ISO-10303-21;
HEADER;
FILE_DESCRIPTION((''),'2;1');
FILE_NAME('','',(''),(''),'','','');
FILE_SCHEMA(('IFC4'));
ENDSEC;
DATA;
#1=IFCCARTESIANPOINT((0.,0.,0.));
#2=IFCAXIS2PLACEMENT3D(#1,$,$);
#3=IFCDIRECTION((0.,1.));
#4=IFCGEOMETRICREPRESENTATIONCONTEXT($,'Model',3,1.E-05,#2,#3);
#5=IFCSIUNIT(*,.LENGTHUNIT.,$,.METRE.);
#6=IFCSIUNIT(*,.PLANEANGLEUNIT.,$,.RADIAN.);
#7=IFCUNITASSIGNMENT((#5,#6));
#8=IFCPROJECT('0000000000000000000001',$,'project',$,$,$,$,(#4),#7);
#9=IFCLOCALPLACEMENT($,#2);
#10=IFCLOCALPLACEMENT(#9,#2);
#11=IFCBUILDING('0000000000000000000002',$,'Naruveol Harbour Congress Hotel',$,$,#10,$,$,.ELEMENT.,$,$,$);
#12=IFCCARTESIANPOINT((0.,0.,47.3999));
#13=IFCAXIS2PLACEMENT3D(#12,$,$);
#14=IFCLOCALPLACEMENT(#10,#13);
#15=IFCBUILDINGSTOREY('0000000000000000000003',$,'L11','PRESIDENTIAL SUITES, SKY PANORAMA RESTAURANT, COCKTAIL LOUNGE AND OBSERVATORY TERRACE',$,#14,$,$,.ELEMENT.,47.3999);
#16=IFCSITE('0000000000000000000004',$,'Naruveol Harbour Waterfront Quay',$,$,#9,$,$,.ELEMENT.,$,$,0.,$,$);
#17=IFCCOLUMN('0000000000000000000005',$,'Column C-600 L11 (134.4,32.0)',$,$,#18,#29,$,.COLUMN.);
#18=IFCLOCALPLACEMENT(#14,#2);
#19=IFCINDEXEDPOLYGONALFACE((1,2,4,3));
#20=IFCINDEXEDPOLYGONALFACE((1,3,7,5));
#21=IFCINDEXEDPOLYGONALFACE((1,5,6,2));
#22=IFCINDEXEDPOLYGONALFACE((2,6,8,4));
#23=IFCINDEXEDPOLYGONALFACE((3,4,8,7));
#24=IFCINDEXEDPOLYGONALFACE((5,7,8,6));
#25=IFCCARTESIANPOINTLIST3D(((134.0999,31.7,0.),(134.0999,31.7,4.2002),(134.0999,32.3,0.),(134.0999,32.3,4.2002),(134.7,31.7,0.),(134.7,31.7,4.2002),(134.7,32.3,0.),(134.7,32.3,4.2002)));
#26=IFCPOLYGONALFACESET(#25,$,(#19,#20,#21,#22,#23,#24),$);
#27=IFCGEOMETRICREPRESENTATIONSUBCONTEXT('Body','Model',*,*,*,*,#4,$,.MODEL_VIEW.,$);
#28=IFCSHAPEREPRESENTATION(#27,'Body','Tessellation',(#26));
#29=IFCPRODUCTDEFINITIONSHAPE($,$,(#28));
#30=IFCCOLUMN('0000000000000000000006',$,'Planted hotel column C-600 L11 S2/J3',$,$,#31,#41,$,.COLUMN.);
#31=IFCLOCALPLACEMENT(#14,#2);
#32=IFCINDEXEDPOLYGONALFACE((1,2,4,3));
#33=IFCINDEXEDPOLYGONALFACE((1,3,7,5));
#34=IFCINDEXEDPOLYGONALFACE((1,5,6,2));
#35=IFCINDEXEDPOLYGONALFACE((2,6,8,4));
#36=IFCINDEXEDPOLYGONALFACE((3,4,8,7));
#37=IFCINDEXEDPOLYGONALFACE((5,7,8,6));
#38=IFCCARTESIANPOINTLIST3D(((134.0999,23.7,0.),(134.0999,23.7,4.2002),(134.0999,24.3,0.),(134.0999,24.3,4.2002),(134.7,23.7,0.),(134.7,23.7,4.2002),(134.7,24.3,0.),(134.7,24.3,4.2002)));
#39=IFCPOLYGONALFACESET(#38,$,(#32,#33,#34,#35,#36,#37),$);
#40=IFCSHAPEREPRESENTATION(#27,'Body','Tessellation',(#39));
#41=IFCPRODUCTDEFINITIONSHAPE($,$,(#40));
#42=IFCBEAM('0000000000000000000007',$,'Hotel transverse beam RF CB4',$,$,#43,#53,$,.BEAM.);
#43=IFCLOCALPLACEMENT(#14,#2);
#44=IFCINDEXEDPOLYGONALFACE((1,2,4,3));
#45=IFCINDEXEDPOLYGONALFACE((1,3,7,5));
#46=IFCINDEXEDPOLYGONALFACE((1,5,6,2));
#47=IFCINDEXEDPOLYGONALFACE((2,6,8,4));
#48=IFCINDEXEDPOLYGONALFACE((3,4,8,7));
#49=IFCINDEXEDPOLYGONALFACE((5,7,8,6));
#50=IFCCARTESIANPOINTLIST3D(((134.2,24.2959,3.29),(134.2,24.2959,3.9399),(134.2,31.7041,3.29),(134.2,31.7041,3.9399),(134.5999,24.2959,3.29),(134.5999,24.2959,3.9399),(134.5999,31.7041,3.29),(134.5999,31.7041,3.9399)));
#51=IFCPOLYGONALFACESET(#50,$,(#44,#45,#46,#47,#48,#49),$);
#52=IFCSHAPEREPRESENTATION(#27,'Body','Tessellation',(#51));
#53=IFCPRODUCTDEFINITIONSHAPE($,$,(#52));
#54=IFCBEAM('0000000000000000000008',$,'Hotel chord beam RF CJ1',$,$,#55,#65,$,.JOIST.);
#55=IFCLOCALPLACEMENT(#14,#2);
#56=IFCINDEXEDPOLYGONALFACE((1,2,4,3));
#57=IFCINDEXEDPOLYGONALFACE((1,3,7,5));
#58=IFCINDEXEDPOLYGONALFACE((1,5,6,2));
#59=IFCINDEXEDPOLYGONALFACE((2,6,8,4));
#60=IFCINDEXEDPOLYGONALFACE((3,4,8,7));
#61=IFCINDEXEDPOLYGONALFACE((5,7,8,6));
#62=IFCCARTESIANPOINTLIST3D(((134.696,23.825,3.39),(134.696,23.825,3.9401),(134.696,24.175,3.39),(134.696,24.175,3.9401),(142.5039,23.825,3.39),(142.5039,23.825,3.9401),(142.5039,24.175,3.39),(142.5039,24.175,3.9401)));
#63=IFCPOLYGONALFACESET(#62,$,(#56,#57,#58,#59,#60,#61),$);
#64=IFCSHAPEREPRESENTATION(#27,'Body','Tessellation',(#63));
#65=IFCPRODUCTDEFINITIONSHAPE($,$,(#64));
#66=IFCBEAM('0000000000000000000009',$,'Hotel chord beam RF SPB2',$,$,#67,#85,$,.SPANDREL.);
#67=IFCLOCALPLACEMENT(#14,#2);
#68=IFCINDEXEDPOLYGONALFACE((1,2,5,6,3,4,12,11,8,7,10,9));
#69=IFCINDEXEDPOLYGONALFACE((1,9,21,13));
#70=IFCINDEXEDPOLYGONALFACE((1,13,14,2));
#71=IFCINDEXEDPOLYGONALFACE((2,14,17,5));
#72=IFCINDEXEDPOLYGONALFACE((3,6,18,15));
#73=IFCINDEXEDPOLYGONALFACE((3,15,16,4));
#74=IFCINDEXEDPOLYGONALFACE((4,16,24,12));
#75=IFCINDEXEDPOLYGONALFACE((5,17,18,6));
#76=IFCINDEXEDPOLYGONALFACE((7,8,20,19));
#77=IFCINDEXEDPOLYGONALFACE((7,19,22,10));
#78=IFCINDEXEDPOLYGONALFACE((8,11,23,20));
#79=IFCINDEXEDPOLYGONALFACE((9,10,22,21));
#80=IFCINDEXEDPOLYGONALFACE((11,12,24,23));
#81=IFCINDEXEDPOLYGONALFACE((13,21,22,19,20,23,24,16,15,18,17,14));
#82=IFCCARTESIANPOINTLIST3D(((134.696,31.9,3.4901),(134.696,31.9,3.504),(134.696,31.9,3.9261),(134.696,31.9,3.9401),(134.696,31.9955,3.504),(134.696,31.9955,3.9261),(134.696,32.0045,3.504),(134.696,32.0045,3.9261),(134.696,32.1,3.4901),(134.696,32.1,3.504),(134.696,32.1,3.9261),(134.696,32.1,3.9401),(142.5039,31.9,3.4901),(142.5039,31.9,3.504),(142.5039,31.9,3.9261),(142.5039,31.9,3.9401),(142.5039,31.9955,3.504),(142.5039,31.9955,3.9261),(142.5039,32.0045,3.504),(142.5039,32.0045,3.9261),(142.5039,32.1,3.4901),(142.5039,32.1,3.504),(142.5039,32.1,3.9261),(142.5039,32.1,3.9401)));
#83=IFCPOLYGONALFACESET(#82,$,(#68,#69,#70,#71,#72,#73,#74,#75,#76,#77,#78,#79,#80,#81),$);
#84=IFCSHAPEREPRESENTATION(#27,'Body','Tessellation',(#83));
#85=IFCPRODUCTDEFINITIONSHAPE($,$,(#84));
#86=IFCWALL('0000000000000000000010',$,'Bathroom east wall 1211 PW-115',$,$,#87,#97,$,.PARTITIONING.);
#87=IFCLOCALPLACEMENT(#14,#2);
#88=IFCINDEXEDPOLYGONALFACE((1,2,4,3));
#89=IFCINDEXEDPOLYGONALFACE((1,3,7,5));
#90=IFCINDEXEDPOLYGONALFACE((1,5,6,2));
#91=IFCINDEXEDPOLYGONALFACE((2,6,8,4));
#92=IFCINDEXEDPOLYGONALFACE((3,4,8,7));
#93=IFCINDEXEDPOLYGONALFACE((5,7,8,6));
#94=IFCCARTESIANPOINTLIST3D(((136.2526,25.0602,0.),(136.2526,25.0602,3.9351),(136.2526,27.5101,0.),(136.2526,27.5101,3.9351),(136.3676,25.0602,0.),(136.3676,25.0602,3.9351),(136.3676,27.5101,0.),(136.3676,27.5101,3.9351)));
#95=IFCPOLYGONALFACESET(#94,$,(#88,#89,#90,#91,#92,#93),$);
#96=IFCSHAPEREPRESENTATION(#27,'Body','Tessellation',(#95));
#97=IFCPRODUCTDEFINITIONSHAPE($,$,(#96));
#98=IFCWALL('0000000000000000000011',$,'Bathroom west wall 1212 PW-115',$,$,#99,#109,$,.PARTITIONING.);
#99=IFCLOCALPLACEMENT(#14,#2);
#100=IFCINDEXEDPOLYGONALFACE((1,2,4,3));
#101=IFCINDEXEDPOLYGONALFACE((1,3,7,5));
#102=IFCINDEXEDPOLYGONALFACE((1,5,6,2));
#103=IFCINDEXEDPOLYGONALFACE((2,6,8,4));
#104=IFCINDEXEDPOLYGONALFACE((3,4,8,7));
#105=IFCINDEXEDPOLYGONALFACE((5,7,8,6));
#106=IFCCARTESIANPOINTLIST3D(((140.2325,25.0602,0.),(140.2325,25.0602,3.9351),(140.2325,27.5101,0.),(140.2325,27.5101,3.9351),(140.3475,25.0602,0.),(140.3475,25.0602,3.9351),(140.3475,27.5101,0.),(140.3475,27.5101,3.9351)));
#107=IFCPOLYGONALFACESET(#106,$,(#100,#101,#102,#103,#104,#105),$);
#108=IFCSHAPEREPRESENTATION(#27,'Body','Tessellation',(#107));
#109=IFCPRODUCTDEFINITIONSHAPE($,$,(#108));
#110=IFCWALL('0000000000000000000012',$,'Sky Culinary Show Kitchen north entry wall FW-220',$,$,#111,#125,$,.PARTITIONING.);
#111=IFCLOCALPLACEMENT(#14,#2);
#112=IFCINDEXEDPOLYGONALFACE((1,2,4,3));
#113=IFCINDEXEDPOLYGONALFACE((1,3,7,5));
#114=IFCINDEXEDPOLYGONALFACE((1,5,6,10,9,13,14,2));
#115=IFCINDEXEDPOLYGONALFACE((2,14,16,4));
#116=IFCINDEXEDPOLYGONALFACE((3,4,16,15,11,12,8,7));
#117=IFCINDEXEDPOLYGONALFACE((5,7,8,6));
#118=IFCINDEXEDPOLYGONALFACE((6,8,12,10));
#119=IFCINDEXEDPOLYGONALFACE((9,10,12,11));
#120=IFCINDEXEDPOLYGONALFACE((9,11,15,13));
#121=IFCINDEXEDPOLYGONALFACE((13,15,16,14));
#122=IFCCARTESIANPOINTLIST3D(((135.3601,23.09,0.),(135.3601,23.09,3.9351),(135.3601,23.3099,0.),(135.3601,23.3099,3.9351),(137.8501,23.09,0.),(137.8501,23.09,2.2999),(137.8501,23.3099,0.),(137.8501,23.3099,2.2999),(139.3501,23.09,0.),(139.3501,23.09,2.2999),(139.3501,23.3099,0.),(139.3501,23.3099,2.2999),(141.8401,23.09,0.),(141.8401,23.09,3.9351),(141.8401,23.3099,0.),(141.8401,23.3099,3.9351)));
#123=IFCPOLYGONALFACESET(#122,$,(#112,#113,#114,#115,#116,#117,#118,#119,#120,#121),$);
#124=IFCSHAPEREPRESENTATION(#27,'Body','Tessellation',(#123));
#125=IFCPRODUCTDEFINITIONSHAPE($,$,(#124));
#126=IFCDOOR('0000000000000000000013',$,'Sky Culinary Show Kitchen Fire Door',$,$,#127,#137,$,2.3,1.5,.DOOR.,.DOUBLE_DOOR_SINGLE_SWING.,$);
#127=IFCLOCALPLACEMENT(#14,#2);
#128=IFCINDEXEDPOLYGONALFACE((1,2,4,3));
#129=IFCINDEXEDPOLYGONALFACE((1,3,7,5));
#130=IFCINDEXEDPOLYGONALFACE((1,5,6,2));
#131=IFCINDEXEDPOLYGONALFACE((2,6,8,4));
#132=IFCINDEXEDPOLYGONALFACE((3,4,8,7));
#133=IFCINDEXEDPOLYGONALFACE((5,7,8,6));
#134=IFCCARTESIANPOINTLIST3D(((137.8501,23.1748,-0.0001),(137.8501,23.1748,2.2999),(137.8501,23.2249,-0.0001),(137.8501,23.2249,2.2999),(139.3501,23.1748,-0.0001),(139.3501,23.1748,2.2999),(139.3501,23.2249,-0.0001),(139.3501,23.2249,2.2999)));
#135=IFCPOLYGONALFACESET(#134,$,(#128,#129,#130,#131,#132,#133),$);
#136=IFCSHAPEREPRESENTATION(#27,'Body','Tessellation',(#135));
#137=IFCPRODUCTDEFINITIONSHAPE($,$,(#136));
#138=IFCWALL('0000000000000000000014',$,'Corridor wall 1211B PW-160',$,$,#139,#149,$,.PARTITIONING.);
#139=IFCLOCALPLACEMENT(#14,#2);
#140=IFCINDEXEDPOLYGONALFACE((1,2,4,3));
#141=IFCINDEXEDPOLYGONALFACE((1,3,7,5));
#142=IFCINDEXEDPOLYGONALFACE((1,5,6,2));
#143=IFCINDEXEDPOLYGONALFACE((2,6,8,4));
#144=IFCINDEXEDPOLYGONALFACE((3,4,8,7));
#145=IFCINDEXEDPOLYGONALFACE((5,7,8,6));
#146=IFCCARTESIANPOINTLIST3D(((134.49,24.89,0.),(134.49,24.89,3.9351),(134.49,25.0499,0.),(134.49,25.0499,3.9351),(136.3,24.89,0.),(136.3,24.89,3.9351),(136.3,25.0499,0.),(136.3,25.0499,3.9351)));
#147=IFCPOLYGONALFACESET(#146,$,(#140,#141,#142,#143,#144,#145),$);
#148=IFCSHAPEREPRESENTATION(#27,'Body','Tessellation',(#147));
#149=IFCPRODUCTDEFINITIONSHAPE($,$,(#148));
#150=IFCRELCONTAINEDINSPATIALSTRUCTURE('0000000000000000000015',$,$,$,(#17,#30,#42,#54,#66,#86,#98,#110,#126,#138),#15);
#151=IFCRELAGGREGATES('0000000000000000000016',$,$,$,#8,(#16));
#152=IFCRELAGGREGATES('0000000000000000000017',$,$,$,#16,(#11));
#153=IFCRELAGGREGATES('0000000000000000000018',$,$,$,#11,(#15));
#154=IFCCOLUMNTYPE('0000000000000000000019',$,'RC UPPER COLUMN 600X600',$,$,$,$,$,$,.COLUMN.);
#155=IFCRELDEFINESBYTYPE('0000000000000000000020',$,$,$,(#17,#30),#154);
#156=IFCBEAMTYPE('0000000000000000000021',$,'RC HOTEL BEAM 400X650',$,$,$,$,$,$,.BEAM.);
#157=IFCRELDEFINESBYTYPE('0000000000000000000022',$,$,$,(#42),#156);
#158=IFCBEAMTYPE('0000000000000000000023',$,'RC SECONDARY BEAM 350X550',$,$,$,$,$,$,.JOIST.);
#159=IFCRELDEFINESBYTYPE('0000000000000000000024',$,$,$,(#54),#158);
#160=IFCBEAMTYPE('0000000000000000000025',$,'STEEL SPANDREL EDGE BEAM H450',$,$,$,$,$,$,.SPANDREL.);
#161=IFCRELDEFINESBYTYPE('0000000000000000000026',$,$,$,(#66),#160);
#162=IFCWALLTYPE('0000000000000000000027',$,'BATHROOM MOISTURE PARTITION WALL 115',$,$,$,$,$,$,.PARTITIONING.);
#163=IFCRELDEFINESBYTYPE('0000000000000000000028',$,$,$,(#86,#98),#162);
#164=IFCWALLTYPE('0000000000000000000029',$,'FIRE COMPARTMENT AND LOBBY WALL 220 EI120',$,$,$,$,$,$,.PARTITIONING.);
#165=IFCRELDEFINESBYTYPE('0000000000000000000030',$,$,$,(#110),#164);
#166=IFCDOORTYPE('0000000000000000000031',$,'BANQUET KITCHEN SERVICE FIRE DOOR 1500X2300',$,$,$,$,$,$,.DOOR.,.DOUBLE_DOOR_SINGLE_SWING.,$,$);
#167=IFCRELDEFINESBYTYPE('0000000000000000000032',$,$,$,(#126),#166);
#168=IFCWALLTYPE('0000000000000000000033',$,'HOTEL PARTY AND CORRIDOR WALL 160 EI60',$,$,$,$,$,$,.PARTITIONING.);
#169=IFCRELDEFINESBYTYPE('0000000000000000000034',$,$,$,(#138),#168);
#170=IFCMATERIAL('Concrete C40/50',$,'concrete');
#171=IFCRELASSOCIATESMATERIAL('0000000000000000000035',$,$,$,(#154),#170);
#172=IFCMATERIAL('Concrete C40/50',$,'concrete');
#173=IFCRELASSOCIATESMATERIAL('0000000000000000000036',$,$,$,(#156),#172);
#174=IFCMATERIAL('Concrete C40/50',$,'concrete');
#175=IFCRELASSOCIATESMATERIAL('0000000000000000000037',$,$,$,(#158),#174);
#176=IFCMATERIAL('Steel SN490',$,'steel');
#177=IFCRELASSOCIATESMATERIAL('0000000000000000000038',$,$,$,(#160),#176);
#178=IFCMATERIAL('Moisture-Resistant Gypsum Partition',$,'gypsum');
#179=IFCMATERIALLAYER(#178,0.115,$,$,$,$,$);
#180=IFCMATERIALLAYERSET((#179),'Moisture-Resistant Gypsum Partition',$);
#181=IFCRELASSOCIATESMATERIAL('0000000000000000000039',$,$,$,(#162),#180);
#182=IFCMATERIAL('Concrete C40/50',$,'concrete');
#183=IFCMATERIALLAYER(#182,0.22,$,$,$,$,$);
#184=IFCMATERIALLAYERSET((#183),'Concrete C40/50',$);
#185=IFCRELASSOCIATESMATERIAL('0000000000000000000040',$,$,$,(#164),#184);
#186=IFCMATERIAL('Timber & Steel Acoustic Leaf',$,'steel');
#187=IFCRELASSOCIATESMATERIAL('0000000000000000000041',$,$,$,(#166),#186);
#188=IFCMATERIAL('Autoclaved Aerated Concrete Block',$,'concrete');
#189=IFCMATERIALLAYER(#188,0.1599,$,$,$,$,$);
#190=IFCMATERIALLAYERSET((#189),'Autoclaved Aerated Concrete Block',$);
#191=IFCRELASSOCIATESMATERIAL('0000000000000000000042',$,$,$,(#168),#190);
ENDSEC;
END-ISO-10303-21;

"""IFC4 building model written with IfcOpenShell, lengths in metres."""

from ifc_helpers import new_model, si_unit, direction, frame, frame_2d, origin, origin_2d, place, context, subcontext, project, spatial, rectangle, i_section, extrude, material, layer, layer_set, material_profile, profile_set, type_object, element, fill, save


model = new_model("IFC4")

# Units and contexts
model_context = context("Model", 3, precision=1e-05, world=origin(), true_north=direction((0.0, 1.0)))
body_context = subcontext(model_context, "Body", "Model", "MODEL_VIEW")
ifc_project = project(units=[si_unit("LENGTHUNIT", "METRE"), si_unit("PLANEANGLEUNIT", "RADIAN")], contexts=[model_context])

# Site, building, storey
site_placement = place(None, origin())
site = spatial("IfcSite", under=ifc_project, at=site_placement, Name="Naruveol Harbour Waterfront Quay", CompositionType="ELEMENT", RefElevation=0.0)
building_placement = place(site_placement, origin())
building = spatial("IfcBuilding", under=site, at=building_placement, Name="Naruveol Harbour Congress Hotel", CompositionType="ELEMENT")
storey_placement = place(building_placement, frame((0.0, 0.0, 47.3999)))
storey = spatial("IfcBuildingStorey", under=building, at=storey_placement, Name="L11", Description="PRESIDENTIAL SUITES, SKY PANORAMA RESTAURANT, COCKTAIL LOUNGE AND OBSERVATORY TERRACE", CompositionType="ELEMENT", Elevation=47.3999)

# Columns
ifc_material_1 = material(Name="Concrete C40/50", Category="concrete")
ifc_material_profile_1 = material_profile(ifc_material_1, rectangle(XDim=0.6001, YDim=0.6001, at=origin_2d()), Name="RC-600x600")
ifc_profile_set_1 = profile_set([ifc_material_profile_1], Name="Concrete C40/50")
column_type = type_object("IfcColumnType", Name="RC UPPER COLUMN 600X600", PredefinedType="COLUMN", material=ifc_profile_set_1)
for number, where, z_axis, x_axis, name in (
    (1, (134.3999, 32.0, 0.0), (0.0, 0.0, 1.0), (1.0, 0.0, 0.0), "Column C-600 L11 (134.4,32.0)"),
    (2, (134.3999, 24.0, 0.0), (0.0, 0.0, 1.0), (1.0, 0.0, 0.0), "Planted hotel column C-600 L11 S2/J3"),
):
    element("IfcColumn", number, at=place(storey_placement, frame(where, z_axis=z_axis, x_axis=x_axis)), inside=storey, type_object=column_type, Name=name, PredefinedType="COLUMN", context=body_context, shape_type="SweptSolid", body=[
        extrude(rectangle(XDim=0.6001, YDim=0.6001, at=origin_2d()), origin(), (0.0, 0.0, 1.0), 4.2002),
    ])

# Beams
ifc_material_2 = material(Name="Concrete C40/50", Category="concrete")
ifc_material_profile_2 = material_profile(ifc_material_2, rectangle(XDim=0.3999, YDim=0.6499, at=origin_2d()), Name="RCB-400x650")
ifc_profile_set_2 = profile_set([ifc_material_profile_2], Name="Concrete C40/50")
beam_type_1 = type_object("IfcBeamType", Name="RC HOTEL BEAM 400X650", PredefinedType="BEAM", material=ifc_profile_set_2)
beam_1_placement = place(storey_placement, frame((134.3999, 24.2959, 3.615), z_axis=(0.0, 1.0, 0.0), x_axis=(-1.0, 0.0, 0.0)))
element("IfcBeam", 3, at=beam_1_placement, inside=storey, type_object=beam_type_1, Name="Hotel transverse beam RF CB4", PredefinedType="BEAM", context=body_context, shape_type="SweptSolid", body=[
    extrude(rectangle(XDim=0.3999, YDim=0.6499, at=origin_2d()), origin(), (0.0, 0.0, 1.0), 7.4082),
])
ifc_material_3 = material(Name="Concrete C40/50", Category="concrete")
ifc_material_profile_3 = material_profile(ifc_material_3, rectangle(XDim=0.3501, YDim=0.55, at=origin_2d()), Name="RCB-350x550")
ifc_profile_set_3 = profile_set([ifc_material_profile_3], Name="Concrete C40/50")
beam_type_2 = type_object("IfcBeamType", Name="RC SECONDARY BEAM 350X550", PredefinedType="JOIST", material=ifc_profile_set_3)
beam_2_placement = place(storey_placement, frame((134.696, 24.0, 3.665), z_axis=(1.0, 0.0, 0.0), x_axis=(0.0, 1.0, 0.0)))
element("IfcBeam", 4, at=beam_2_placement, inside=storey, type_object=beam_type_2, Name="Hotel chord beam RF CJ1", PredefinedType="JOIST", context=body_context, shape_type="SweptSolid", body=[
    extrude(rectangle(XDim=0.3501, YDim=0.55, at=origin_2d()), origin(), (0.0, 0.0, 1.0), 7.8079),
])
ifc_material_4 = material(Name="Steel SN490", Category="steel")
ifc_material_profile_4 = material_profile(ifc_material_4, i_section(OverallWidth=0.2, OverallDepth=0.45, WebThickness=0.009, FlangeThickness=0.0139, at=origin_2d()), Name="H-450x200x9x14")
ifc_profile_set_4 = profile_set([ifc_material_profile_4], Name="Steel SN490")
beam_type_3 = type_object("IfcBeamType", Name="STEEL SPANDREL EDGE BEAM H450", PredefinedType="SPANDREL", material=ifc_profile_set_4)
beam_3_placement = place(storey_placement, frame((134.696, 32.0, 3.7151), z_axis=(1.0, 0.0, 0.0), x_axis=(0.0, 1.0, 0.0)))
element("IfcBeam", 5, at=beam_3_placement, inside=storey, type_object=beam_type_3, Name="Hotel chord beam RF SPB2", PredefinedType="SPANDREL", context=body_context, shape_type="SweptSolid", body=[
    extrude(i_section(OverallWidth=0.2, OverallDepth=0.45, WebThickness=0.009, FlangeThickness=0.0139, at=origin_2d()), origin(), (0.0, 0.0, 1.0), 7.8079),
])

# Wall
ifc_material_5 = material(Name="Moisture-Resistant Gypsum Partition", Category="gypsum")
ifc_layer_1 = layer(ifc_material_5, 0.115)
ifc_layer_set_1 = layer_set([ifc_layer_1], Name="Moisture-Resistant Gypsum Partition")
wall_type_1 = type_object("IfcWallType", Name="BATHROOM MOISTURE PARTITION WALL 115", PredefinedType="PARTITIONING", material=ifc_layer_set_1)
wall_1_placement = place(storey_placement, frame((136.3101, 25.0601, 0.0), z_axis=(0.0, 0.0, 1.0), x_axis=(0.0, 1.0, 0.0)))
element("IfcWall", 6, at=wall_1_placement, inside=storey, type_object=wall_type_1, Name="Bathroom east wall 1211 PW-115", PredefinedType="PARTITIONING", context=body_context, shape_type="SweptSolid", body=[
    extrude(rectangle(XDim=2.45, YDim=0.115, at=frame_2d((1.2251, 0.0))), origin(), (0.0, 0.0, 1.0), 3.9351),
])

# Wall
wall_2_placement = place(storey_placement, frame((140.29, 25.0601, 0.0), z_axis=(0.0, 0.0, 1.0), x_axis=(0.0, 1.0, 0.0)))
element("IfcWall", 7, at=wall_2_placement, inside=storey, type_object=wall_type_1, Name="Bathroom west wall 1212 PW-115", PredefinedType="PARTITIONING", context=body_context, shape_type="SweptSolid", body=[
    extrude(rectangle(XDim=2.45, YDim=0.115, at=frame_2d((1.2251, 0.0))), origin(), (0.0, 0.0, 1.0), 3.9351),
])

# Wall, opening, door
ifc_material_6 = material(Name="Concrete C40/50", Category="concrete")
ifc_layer_2 = layer(ifc_material_6, 0.22)
ifc_layer_set_2 = layer_set([ifc_layer_2], Name="Concrete C40/50")
wall_type_2 = type_object("IfcWallType", Name="FIRE COMPARTMENT AND LOBBY WALL 220 EI120", PredefinedType="PARTITIONING", material=ifc_layer_set_2)
wall_3_placement = place(storey_placement, frame((135.3601, 23.2, 0.0), z_axis=(0.0, 0.0, 1.0), x_axis=(1.0, 0.0, 0.0)))
wall_3 = element("IfcWall", 8, at=wall_3_placement, inside=storey, type_object=wall_type_2, Name="Sky Culinary Show Kitchen north entry wall FW-220", PredefinedType="PARTITIONING", context=body_context, shape_type="SweptSolid", body=[
    extrude(rectangle(XDim=6.48, YDim=0.22, at=frame_2d((3.24, 0.0))), origin(), (0.0, 0.0, 1.0), 3.9351),
])
opening_1_placement = place(wall_3_placement, frame((2.49, 0.0, 0.0)))
opening_1 = element("IfcOpeningElement", 9, at=opening_1_placement, cuts=wall_3, PredefinedType="OPENING", context=body_context, shape_type="SweptSolid", body=[
    extrude(rectangle(XDim=1.5, YDim=2.3, at=frame_2d((0.75, 1.1499))), frame((0.0, 0.1199, 0.0), z_axis=(0.0, -1.0, 0.0), x_axis=(1.0, 0.0, 0.0)), (0.0, 0.0, 1.0), 0.24),
])
ifc_material_7 = material(Name="Timber & Steel Acoustic Leaf", Category="steel")
door_type_1 = type_object("IfcDoorType", Name="BANQUET KITCHEN SERVICE FIRE DOOR 1500X2300", OperationType="DOUBLE_DOOR_SINGLE_SWING", PredefinedType="DOOR", material=ifc_material_7)
door_1_placement = place(opening_1_placement, origin())
door_1 = element("IfcDoor", 10, at=door_1_placement, inside=storey, type_object=door_type_1, Name="Sky Culinary Show Kitchen Fire Door", OperationType="DOUBLE_DOOR_SINGLE_SWING", OverallHeight=2.3, OverallWidth=1.5, PredefinedType="DOOR", context=body_context, shape_type="SweptSolid", body=[
    extrude(rectangle(XDim=1.5, YDim=2.3, at=frame_2d((0.75, 1.1499))), frame((0.0, 0.0249, 0.0), z_axis=(0.0, -1.0, 0.0), x_axis=(1.0, 0.0, 0.0)), (0.0, 0.0, 1.0), 0.05),
])
fill(opening_1, door_1)

# Wall
ifc_material_8 = material(Name="Autoclaved Aerated Concrete Block", Category="concrete")
ifc_layer_3 = layer(ifc_material_8, 0.1599)
ifc_layer_set_3 = layer_set([ifc_layer_3], Name="Autoclaved Aerated Concrete Block")
wall_type_3 = type_object("IfcWallType", Name="HOTEL PARTY AND CORRIDOR WALL 160 EI60", PredefinedType="PARTITIONING", material=ifc_layer_set_3)
wall_4_placement = place(storey_placement, frame((134.49, 24.97, 0.0), z_axis=(0.0, 0.0, 1.0), x_axis=(1.0, 0.0, 0.0)))
element("IfcWall", 11, at=wall_4_placement, inside=storey, type_object=wall_type_3, Name="Corridor wall 1211B PW-160", PredefinedType="PARTITIONING", context=body_context, shape_type="SweptSolid", body=[
    extrude(rectangle(XDim=1.8101, YDim=0.1599, at=frame_2d((0.905, 0.0))), origin(), (0.0, 0.0, 1.0), 3.9351),
])

save(model, "model.ifc")
